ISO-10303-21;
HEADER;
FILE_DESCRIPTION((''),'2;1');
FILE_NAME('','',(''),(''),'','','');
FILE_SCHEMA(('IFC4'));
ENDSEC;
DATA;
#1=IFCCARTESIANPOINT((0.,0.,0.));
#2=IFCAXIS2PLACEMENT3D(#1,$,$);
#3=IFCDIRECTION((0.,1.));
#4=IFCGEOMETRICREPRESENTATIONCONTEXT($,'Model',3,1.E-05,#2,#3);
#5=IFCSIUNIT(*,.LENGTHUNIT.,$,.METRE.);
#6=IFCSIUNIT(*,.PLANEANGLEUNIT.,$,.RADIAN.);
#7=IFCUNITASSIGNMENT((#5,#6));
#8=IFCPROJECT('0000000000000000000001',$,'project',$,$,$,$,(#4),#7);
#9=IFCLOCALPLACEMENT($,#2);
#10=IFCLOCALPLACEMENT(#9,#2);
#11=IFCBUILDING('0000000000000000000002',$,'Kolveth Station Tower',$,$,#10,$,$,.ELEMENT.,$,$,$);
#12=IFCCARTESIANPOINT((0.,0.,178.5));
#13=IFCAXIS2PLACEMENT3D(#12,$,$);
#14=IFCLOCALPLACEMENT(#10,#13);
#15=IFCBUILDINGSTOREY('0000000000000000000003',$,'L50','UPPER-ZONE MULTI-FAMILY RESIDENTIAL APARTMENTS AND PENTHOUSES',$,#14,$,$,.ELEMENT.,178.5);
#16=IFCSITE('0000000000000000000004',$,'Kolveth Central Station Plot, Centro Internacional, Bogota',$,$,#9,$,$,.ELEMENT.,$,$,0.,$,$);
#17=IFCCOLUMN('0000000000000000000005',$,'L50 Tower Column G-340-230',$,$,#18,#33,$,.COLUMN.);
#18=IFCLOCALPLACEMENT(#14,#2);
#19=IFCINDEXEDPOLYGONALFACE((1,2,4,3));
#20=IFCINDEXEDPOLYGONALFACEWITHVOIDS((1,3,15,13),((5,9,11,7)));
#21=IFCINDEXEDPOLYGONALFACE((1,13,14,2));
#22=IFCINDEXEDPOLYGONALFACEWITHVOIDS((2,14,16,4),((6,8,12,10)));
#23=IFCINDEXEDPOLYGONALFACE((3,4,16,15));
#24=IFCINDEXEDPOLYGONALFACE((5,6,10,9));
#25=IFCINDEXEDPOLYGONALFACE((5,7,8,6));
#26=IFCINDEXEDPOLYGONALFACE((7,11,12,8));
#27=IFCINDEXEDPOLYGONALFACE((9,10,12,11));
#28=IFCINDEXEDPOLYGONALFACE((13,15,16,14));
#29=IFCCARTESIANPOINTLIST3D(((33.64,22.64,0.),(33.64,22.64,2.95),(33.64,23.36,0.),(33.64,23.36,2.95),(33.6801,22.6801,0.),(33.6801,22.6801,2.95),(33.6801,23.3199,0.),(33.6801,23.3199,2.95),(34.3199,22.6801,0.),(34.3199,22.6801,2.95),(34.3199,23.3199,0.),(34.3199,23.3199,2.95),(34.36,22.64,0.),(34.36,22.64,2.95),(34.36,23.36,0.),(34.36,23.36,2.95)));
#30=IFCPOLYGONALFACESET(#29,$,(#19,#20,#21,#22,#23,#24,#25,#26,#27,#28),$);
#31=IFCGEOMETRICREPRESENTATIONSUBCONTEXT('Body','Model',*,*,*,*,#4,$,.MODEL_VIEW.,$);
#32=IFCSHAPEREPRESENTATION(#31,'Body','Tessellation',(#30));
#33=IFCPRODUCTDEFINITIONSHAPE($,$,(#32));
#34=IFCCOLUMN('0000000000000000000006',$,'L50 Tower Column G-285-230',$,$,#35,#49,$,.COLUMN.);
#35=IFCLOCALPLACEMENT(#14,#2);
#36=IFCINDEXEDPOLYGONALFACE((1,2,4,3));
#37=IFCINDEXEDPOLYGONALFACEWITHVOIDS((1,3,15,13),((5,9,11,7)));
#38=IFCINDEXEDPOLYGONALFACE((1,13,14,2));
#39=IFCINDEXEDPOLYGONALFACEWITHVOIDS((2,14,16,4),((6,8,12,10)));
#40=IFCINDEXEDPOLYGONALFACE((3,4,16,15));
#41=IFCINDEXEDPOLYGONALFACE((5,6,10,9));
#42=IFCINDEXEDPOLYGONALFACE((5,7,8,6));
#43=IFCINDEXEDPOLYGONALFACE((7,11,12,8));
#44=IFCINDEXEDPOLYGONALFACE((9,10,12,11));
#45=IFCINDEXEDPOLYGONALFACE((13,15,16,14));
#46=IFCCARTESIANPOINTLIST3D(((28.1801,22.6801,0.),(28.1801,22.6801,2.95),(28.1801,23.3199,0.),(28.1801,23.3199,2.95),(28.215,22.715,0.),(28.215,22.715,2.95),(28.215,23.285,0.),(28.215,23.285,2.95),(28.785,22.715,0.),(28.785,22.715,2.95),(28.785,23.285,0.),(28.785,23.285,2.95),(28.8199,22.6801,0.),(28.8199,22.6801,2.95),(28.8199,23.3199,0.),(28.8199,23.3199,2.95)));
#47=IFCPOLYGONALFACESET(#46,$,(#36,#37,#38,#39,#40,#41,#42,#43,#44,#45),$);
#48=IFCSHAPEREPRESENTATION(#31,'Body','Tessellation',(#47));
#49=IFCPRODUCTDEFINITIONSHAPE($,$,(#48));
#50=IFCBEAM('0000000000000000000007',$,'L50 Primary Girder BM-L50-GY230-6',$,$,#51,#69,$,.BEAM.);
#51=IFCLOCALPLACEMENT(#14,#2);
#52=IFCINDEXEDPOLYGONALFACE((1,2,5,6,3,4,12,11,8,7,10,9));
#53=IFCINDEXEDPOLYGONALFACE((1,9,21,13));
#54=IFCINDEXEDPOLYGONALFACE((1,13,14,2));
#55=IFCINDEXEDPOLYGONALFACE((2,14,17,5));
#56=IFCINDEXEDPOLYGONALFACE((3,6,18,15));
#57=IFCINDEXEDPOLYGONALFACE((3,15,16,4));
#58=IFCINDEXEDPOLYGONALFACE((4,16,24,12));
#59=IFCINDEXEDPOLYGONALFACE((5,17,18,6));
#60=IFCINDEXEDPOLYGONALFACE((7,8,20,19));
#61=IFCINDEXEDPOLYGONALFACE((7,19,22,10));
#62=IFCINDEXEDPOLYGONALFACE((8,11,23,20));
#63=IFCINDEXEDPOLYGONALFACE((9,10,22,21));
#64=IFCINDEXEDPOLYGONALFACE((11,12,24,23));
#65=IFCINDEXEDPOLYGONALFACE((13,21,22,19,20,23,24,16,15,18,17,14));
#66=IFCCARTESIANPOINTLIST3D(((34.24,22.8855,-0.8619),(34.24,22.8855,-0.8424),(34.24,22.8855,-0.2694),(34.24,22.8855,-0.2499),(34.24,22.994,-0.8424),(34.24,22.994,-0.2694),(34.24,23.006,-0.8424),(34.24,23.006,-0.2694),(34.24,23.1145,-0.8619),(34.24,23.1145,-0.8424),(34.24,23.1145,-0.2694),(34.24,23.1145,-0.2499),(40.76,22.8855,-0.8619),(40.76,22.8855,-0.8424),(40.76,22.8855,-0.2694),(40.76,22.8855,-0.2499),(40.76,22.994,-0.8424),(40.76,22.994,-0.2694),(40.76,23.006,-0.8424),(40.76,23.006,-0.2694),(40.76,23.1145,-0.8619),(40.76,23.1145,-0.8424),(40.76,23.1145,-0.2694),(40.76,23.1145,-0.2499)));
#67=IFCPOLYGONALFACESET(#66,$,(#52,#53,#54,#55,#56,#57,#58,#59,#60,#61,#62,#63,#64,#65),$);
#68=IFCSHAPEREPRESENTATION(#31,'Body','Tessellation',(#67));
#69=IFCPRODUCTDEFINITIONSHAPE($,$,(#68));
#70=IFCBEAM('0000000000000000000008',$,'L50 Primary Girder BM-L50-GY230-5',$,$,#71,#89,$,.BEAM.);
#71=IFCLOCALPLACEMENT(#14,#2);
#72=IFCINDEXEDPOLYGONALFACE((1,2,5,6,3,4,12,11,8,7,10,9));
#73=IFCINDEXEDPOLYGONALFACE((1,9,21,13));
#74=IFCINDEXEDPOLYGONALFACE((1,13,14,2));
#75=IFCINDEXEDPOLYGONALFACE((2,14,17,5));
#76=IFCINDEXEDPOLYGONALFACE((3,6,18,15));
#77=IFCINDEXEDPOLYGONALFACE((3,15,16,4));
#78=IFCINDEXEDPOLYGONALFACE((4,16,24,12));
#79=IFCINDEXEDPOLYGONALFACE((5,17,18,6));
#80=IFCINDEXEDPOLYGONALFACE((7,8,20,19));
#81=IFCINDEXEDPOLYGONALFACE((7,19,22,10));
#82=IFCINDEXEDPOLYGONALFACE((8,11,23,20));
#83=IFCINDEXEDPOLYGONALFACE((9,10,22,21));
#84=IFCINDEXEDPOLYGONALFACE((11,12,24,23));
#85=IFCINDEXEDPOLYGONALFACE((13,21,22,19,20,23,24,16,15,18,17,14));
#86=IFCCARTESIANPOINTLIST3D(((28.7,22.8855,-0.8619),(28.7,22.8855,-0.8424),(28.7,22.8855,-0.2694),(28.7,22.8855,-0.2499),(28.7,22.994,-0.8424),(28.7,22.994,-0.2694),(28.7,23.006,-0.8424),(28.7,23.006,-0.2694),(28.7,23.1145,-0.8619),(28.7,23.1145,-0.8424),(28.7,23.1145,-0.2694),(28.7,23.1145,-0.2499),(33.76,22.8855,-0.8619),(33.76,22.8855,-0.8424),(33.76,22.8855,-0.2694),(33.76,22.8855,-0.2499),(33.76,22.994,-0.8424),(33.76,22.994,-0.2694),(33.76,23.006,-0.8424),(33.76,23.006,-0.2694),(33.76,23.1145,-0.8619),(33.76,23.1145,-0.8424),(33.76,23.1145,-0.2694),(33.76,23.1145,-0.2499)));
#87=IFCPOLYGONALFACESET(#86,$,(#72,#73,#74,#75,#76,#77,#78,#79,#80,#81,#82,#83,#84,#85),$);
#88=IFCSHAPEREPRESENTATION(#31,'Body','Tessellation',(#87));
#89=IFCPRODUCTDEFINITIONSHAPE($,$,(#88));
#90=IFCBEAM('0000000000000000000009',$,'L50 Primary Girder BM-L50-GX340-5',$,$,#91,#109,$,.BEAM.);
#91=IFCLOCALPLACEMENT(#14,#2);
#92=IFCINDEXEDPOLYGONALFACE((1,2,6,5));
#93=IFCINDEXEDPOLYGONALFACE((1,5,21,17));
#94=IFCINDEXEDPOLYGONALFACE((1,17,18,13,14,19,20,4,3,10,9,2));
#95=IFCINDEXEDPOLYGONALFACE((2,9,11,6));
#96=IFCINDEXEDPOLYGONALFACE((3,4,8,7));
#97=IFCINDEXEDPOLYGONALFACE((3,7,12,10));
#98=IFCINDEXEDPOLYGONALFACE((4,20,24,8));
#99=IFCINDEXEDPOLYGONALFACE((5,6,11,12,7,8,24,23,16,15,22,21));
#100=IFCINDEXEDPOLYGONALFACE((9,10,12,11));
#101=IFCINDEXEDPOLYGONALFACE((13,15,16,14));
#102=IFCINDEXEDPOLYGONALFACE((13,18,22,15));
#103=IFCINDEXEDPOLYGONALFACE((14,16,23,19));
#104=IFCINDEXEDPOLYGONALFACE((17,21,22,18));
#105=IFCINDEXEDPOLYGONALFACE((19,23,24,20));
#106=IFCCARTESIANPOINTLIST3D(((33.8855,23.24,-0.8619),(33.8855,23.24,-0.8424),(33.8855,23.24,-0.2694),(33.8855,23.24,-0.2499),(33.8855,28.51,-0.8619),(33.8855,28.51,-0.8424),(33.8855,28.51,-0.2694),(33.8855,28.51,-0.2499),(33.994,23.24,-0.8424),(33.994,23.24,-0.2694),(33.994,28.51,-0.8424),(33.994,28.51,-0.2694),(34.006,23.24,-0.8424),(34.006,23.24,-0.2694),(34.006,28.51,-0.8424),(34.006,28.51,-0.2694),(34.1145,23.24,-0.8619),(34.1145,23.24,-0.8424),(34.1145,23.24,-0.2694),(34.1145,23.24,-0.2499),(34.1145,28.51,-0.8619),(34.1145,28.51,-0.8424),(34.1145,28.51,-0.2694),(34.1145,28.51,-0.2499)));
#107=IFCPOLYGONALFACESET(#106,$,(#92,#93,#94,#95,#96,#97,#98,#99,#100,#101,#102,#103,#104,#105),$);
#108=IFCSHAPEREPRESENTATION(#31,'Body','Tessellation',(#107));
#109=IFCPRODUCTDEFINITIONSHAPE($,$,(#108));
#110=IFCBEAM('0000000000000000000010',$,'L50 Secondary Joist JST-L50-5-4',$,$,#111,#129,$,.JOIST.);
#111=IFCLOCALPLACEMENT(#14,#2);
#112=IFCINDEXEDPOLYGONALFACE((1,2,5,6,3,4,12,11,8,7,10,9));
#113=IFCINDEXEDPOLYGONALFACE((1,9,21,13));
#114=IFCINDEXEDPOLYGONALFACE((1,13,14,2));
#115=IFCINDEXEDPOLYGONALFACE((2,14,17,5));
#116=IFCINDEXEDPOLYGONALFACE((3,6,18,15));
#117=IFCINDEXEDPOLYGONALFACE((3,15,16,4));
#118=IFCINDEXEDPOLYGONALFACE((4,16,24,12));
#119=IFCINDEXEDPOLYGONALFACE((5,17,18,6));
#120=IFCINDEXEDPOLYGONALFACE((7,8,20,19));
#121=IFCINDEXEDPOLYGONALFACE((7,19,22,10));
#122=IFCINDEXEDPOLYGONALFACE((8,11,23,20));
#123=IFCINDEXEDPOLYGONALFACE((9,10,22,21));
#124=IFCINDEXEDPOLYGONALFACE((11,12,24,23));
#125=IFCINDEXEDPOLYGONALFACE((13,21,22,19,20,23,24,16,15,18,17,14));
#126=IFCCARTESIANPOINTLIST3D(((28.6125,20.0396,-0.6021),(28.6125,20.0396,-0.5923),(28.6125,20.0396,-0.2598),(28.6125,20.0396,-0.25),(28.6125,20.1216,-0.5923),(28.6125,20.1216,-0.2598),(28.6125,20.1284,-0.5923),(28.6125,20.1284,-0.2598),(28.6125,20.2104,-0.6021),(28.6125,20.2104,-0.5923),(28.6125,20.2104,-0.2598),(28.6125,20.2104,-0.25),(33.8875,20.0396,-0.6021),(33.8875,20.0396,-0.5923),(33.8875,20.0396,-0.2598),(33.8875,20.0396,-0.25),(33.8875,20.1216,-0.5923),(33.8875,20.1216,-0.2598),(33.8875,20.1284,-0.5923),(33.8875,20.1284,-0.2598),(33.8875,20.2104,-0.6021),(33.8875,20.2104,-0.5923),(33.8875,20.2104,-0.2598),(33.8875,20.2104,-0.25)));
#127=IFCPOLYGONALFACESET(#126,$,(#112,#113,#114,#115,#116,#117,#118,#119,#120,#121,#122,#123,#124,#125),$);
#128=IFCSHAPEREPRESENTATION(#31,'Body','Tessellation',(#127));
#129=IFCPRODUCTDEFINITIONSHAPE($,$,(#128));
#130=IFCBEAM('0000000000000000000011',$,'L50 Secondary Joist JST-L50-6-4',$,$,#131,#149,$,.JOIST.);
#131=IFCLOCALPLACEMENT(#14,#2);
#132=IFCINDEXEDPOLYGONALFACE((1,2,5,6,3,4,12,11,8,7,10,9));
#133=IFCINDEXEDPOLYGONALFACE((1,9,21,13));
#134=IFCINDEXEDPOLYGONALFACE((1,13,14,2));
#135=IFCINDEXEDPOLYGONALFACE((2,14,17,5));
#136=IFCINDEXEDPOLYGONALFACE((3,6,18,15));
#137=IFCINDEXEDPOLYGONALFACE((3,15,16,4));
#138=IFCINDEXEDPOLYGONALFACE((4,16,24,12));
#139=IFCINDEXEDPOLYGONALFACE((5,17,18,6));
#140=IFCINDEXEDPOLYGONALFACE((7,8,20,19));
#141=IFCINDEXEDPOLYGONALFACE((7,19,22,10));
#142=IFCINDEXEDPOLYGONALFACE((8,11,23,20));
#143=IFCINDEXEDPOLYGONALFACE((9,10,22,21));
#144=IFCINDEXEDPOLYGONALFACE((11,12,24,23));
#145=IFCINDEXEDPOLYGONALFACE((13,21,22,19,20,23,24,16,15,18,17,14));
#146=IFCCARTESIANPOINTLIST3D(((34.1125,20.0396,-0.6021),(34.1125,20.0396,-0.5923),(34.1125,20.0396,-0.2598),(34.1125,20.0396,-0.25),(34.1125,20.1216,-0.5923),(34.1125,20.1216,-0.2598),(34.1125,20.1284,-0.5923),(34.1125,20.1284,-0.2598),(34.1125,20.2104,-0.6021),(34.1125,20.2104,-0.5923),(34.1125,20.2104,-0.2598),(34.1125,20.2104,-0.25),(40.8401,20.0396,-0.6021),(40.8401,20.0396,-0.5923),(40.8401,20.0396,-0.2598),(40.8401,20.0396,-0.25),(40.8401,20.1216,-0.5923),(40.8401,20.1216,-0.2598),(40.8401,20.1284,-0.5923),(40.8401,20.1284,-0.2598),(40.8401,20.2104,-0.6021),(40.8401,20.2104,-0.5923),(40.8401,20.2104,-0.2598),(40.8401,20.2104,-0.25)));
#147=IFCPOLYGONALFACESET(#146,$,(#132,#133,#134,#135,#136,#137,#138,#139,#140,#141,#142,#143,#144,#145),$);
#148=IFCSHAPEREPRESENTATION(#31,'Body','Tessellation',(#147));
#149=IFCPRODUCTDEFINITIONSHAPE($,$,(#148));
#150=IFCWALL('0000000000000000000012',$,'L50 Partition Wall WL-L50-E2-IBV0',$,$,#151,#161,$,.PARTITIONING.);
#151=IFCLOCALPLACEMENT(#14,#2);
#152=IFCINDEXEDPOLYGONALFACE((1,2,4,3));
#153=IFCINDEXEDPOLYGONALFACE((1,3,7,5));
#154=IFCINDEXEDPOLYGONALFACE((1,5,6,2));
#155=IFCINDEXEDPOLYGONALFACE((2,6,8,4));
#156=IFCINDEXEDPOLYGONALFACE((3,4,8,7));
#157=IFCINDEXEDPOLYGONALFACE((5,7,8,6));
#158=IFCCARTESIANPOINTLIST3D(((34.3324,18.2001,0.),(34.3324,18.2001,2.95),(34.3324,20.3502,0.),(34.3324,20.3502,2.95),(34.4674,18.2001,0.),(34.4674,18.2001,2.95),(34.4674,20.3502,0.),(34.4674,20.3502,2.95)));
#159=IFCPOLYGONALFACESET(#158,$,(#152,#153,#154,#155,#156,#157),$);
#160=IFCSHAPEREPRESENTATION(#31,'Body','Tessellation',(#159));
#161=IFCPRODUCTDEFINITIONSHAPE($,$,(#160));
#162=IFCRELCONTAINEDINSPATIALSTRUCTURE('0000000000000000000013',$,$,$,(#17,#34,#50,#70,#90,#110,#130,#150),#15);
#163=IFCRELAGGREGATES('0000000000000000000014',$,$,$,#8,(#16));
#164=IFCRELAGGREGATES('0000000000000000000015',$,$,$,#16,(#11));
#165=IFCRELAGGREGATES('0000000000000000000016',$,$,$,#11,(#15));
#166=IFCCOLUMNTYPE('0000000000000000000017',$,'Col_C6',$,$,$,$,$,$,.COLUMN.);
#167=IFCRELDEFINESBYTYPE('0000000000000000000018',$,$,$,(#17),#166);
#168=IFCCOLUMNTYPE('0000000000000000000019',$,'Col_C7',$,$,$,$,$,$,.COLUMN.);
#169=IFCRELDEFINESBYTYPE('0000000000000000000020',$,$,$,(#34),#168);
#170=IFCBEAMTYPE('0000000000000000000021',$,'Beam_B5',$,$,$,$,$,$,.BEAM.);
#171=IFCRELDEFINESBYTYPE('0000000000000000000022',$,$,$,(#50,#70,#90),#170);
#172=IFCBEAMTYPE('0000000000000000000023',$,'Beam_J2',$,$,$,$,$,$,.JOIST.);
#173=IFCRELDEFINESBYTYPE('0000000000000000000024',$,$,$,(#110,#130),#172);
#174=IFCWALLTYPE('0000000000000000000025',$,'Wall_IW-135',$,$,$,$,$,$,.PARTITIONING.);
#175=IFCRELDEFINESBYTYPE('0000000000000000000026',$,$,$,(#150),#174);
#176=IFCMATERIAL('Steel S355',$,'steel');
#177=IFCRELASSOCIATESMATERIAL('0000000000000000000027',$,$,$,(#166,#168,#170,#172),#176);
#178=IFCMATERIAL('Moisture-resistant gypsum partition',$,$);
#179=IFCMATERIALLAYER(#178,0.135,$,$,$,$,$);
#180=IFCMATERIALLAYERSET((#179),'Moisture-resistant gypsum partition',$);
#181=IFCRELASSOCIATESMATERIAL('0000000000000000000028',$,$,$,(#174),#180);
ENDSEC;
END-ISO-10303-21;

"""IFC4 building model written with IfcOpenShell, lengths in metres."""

from ifc_helpers import new_model, si_unit, direction, frame, frame_2d, origin, origin_2d, place, context, subcontext, project, spatial, rectangle, hollow_rectangle, i_section, extrude, source, transform, mapped, material, layer, layer_set, material_profile, profile_set, type_object, element, save


model = new_model("IFC4")

# Units and contexts
model_context = context("Model", 3, precision=1e-05, world=origin(), true_north=direction((0.0, 1.0)))
body_context = subcontext(model_context, "Body", "Model", "MODEL_VIEW")
ifc_project = project(units=[si_unit("LENGTHUNIT", "METRE"), si_unit("PLANEANGLEUNIT", "RADIAN")], contexts=[model_context])

# Site, building, storey
site_placement = place(None, origin())
site = spatial("IfcSite", under=ifc_project, at=site_placement, Name="Kolveth Central Station Plot, Centro Internacional, Bogota", CompositionType="ELEMENT", RefElevation=0.0)
building_placement = place(site_placement, origin())
building = spatial("IfcBuilding", under=site, at=building_placement, Name="Kolveth Station Tower", CompositionType="ELEMENT")
storey_placement = place(building_placement, frame((0.0, 0.0, 178.5)))
storey = spatial("IfcBuildingStorey", under=building, at=storey_placement, Name="L50", Description="UPPER-ZONE MULTI-FAMILY RESIDENTIAL APARTMENTS AND PENTHOUSES", CompositionType="ELEMENT", Elevation=178.5)

# Columns
ifc_material_1 = material(Name="Steel S355", Category="steel")
ifc_material_profile_1 = material_profile(ifc_material_1, hollow_rectangle(XDim=0.72, YDim=0.72, WallThickness=0.04, at=origin_2d()), Name="BOX720x720x40")
ifc_profile_set_1 = profile_set([ifc_material_profile_1], Name="Steel S355")
column_type_1 = type_object("IfcColumnType", Name="Col_C6", PredefinedType="COLUMN", material=ifc_profile_set_1)
shared_shape_1 = source(origin(), body_context, "Body", "SweptSolid", [
    extrude(hollow_rectangle(XDim=0.72, YDim=0.72, WallThickness=0.04, at=origin_2d()), origin(), (0.0, 0.0, 1.0), 2.95),
])
column_1_placement = place(storey_placement, frame((34.0, 23.0, 0.0), z_axis=(0.0, 0.0, 1.0), x_axis=(1.0, 0.0, 0.0)))
element("IfcColumn", 1, at=column_1_placement, inside=storey, type_object=column_type_1, Name="L50 Tower Column G-340-230", PredefinedType="COLUMN", context=body_context, shape_type="MappedRepresentation", body=[
    mapped(shared_shape_1, transform((0.0, 0.0, 0.0), x_axis=(1.0, 0.0, 0.0), y_axis=(0.0, 1.0, 0.0), z_axis=(0.0, 0.0, 1.0), scale=1.0)),
])
ifc_material_profile_2 = material_profile(ifc_material_1, hollow_rectangle(XDim=0.6399, YDim=0.6399, WallThickness=0.0349, at=origin_2d()), Name="BOX640x640x35")
ifc_profile_set_2 = profile_set([ifc_material_profile_2], Name="Steel S355")
column_type_2 = type_object("IfcColumnType", Name="Col_C7", PredefinedType="COLUMN", material=ifc_profile_set_2)
shared_shape_2 = source(origin(), body_context, "Body", "SweptSolid", [
    extrude(hollow_rectangle(XDim=0.6399, YDim=0.6399, WallThickness=0.0349, at=origin_2d()), origin(), (0.0, 0.0, 1.0), 2.95),
])
column_2_placement = place(storey_placement, frame((28.5, 23.0, 0.0), z_axis=(0.0, 0.0, 1.0), x_axis=(1.0, 0.0, 0.0)))
element("IfcColumn", 2, at=column_2_placement, inside=storey, type_object=column_type_2, Name="L50 Tower Column G-285-230", PredefinedType="COLUMN", context=body_context, shape_type="MappedRepresentation", body=[
    mapped(shared_shape_2, transform((0.0, 0.0, 0.0), x_axis=(1.0, 0.0, 0.0), y_axis=(0.0, 1.0, 0.0), z_axis=(0.0, 0.0, 1.0), scale=1.0)),
])

# Beams
ifc_material_profile_3 = material_profile(ifc_material_1, i_section(OverallWidth=0.229, OverallDepth=0.6121, WebThickness=0.012, FlangeThickness=0.0195, at=origin_2d()), Name="W610x125")
ifc_profile_set_3 = profile_set([ifc_material_profile_3], Name="Steel S355")
beam_type_1 = type_object("IfcBeamType", Name="Beam_B5", PredefinedType="BEAM", material=ifc_profile_set_3)
shared_shape_3 = source(origin(), body_context, "Body", "SweptSolid", [
    extrude(i_section(OverallWidth=0.229, OverallDepth=0.6121, WebThickness=0.012, FlangeThickness=0.0195, at=origin_2d()), origin(), (0.0, 0.0, 1.0), 6.52),
])
beam_1_placement = place(storey_placement, frame((34.24, 23.0, -0.5559), z_axis=(1.0, 0.0, 0.0), x_axis=(0.0, 1.0, 0.0)))
element("IfcBeam", 3, at=beam_1_placement, inside=storey, type_object=beam_type_1, Name="L50 Primary Girder BM-L50-GY230-6", PredefinedType="BEAM", context=body_context, shape_type="MappedRepresentation", body=[
    mapped(shared_shape_3, transform((0.0, 0.0, 0.0), x_axis=(1.0, 0.0, 0.0), y_axis=(0.0, 1.0, 0.0), z_axis=(0.0, 0.0, 1.0), scale=1.0)),
])
shared_shape_4 = source(origin(), body_context, "Body", "SweptSolid", [
    extrude(i_section(OverallWidth=0.229, OverallDepth=0.6121, WebThickness=0.012, FlangeThickness=0.0195, at=origin_2d()), origin(), (0.0, 0.0, 1.0), 5.0601),
])
beam_2_placement = place(storey_placement, frame((28.7, 23.0, -0.5559), z_axis=(1.0, 0.0, 0.0), x_axis=(0.0, 1.0, 0.0)))
element("IfcBeam", 4, at=beam_2_placement, inside=storey, type_object=beam_type_1, Name="L50 Primary Girder BM-L50-GY230-5", PredefinedType="BEAM", context=body_context, shape_type="MappedRepresentation", body=[
    mapped(shared_shape_4, transform((0.0, 0.0, 0.0), x_axis=(1.0, 0.0, 0.0), y_axis=(0.0, 1.0, 0.0), z_axis=(0.0, 0.0, 1.0), scale=1.0)),
])
shared_shape_5 = source(origin(), body_context, "Body", "SweptSolid", [
    extrude(i_section(OverallWidth=0.229, OverallDepth=0.6121, WebThickness=0.012, FlangeThickness=0.0195, at=origin_2d()), origin(), (0.0, 0.0, 1.0), 5.27),
])
beam_3_placement = place(storey_placement, frame((34.0, 23.24, -0.5559), z_axis=(0.0, 1.0, 0.0), x_axis=(-1.0, 0.0, 0.0)))
element("IfcBeam", 5, at=beam_3_placement, inside=storey, type_object=beam_type_1, Name="L50 Primary Girder BM-L50-GX340-5", PredefinedType="BEAM", context=body_context, shape_type="MappedRepresentation", body=[
    mapped(shared_shape_5, transform((0.0, 0.0, 0.0), x_axis=(1.0, 0.0, 0.0), y_axis=(0.0, 1.0, 0.0), z_axis=(0.0, 0.0, 1.0), scale=1.0)),
])
ifc_material_profile_4 = material_profile(ifc_material_1, i_section(OverallWidth=0.1709, OverallDepth=0.3521, WebThickness=0.0068, FlangeThickness=0.0098, at=origin_2d()), Name="W360x44")
ifc_profile_set_4 = profile_set([ifc_material_profile_4], Name="Steel S355")
beam_type_2 = type_object("IfcBeamType", Name="Beam_J2", PredefinedType="JOIST", material=ifc_profile_set_4)
shared_shape_6 = source(origin(), body_context, "Body", "SweptSolid", [
    extrude(i_section(OverallWidth=0.1709, OverallDepth=0.3521, WebThickness=0.0068, FlangeThickness=0.0098, at=origin_2d()), origin(), (0.0, 0.0, 1.0), 5.2749),
])
beam_4_placement = place(storey_placement, frame((28.6125, 20.125, -0.426), z_axis=(1.0, 0.0, 0.0), x_axis=(0.0, 1.0, 0.0)))
element("IfcBeam", 6, at=beam_4_placement, inside=storey, type_object=beam_type_2, Name="L50 Secondary Joist JST-L50-5-4", PredefinedType="JOIST", context=body_context, shape_type="MappedRepresentation", body=[
    mapped(shared_shape_6, transform((0.0, 0.0, 0.0), x_axis=(1.0, 0.0, 0.0), y_axis=(0.0, 1.0, 0.0), z_axis=(0.0, 0.0, 1.0), scale=1.0)),
])
shared_shape_7 = source(origin(), body_context, "Body", "SweptSolid", [
    extrude(i_section(OverallWidth=0.1709, OverallDepth=0.3521, WebThickness=0.0068, FlangeThickness=0.0098, at=origin_2d()), origin(), (0.0, 0.0, 1.0), 6.7275),
])
beam_5_placement = place(storey_placement, frame((34.1125, 20.125, -0.426), z_axis=(1.0, 0.0, 0.0), x_axis=(0.0, 1.0, 0.0)))
element("IfcBeam", 7, at=beam_5_placement, inside=storey, type_object=beam_type_2, Name="L50 Secondary Joist JST-L50-6-4", PredefinedType="JOIST", context=body_context, shape_type="MappedRepresentation", body=[
    mapped(shared_shape_7, transform((0.0, 0.0, 0.0), x_axis=(1.0, 0.0, 0.0), y_axis=(0.0, 1.0, 0.0), z_axis=(0.0, 0.0, 1.0), scale=1.0)),
])

# Shared definitions
ifc_material_2 = material(Name="Moisture-resistant gypsum partition")
ifc_layer_1 = layer(ifc_material_2, 0.135)
ifc_layer_set_1 = layer_set([ifc_layer_1], Name="Moisture-resistant gypsum partition")
wall_type_1 = type_object("IfcWallType", Name="Wall_IW-135", PredefinedType="PARTITIONING", material=ifc_layer_set_1)

# Wall
wall_1_placement = place(storey_placement, frame((34.3999, 18.2, 0.0), z_axis=(0.0, 0.0, 1.0), x_axis=(0.0, 1.0, 0.0)))
element("IfcWall", 8, at=wall_1_placement, inside=storey, type_object=wall_type_1, Name="L50 Partition Wall WL-L50-E2-IBV0", PredefinedType="PARTITIONING", context=body_context, shape_type="SweptSolid", body=[
    extrude(rectangle(XDim=2.1501, YDim=0.135, at=frame_2d((1.0752, 0.0))), origin(), (0.0, 0.0, 1.0), 2.95),
])

save(model, "model.ifc")
